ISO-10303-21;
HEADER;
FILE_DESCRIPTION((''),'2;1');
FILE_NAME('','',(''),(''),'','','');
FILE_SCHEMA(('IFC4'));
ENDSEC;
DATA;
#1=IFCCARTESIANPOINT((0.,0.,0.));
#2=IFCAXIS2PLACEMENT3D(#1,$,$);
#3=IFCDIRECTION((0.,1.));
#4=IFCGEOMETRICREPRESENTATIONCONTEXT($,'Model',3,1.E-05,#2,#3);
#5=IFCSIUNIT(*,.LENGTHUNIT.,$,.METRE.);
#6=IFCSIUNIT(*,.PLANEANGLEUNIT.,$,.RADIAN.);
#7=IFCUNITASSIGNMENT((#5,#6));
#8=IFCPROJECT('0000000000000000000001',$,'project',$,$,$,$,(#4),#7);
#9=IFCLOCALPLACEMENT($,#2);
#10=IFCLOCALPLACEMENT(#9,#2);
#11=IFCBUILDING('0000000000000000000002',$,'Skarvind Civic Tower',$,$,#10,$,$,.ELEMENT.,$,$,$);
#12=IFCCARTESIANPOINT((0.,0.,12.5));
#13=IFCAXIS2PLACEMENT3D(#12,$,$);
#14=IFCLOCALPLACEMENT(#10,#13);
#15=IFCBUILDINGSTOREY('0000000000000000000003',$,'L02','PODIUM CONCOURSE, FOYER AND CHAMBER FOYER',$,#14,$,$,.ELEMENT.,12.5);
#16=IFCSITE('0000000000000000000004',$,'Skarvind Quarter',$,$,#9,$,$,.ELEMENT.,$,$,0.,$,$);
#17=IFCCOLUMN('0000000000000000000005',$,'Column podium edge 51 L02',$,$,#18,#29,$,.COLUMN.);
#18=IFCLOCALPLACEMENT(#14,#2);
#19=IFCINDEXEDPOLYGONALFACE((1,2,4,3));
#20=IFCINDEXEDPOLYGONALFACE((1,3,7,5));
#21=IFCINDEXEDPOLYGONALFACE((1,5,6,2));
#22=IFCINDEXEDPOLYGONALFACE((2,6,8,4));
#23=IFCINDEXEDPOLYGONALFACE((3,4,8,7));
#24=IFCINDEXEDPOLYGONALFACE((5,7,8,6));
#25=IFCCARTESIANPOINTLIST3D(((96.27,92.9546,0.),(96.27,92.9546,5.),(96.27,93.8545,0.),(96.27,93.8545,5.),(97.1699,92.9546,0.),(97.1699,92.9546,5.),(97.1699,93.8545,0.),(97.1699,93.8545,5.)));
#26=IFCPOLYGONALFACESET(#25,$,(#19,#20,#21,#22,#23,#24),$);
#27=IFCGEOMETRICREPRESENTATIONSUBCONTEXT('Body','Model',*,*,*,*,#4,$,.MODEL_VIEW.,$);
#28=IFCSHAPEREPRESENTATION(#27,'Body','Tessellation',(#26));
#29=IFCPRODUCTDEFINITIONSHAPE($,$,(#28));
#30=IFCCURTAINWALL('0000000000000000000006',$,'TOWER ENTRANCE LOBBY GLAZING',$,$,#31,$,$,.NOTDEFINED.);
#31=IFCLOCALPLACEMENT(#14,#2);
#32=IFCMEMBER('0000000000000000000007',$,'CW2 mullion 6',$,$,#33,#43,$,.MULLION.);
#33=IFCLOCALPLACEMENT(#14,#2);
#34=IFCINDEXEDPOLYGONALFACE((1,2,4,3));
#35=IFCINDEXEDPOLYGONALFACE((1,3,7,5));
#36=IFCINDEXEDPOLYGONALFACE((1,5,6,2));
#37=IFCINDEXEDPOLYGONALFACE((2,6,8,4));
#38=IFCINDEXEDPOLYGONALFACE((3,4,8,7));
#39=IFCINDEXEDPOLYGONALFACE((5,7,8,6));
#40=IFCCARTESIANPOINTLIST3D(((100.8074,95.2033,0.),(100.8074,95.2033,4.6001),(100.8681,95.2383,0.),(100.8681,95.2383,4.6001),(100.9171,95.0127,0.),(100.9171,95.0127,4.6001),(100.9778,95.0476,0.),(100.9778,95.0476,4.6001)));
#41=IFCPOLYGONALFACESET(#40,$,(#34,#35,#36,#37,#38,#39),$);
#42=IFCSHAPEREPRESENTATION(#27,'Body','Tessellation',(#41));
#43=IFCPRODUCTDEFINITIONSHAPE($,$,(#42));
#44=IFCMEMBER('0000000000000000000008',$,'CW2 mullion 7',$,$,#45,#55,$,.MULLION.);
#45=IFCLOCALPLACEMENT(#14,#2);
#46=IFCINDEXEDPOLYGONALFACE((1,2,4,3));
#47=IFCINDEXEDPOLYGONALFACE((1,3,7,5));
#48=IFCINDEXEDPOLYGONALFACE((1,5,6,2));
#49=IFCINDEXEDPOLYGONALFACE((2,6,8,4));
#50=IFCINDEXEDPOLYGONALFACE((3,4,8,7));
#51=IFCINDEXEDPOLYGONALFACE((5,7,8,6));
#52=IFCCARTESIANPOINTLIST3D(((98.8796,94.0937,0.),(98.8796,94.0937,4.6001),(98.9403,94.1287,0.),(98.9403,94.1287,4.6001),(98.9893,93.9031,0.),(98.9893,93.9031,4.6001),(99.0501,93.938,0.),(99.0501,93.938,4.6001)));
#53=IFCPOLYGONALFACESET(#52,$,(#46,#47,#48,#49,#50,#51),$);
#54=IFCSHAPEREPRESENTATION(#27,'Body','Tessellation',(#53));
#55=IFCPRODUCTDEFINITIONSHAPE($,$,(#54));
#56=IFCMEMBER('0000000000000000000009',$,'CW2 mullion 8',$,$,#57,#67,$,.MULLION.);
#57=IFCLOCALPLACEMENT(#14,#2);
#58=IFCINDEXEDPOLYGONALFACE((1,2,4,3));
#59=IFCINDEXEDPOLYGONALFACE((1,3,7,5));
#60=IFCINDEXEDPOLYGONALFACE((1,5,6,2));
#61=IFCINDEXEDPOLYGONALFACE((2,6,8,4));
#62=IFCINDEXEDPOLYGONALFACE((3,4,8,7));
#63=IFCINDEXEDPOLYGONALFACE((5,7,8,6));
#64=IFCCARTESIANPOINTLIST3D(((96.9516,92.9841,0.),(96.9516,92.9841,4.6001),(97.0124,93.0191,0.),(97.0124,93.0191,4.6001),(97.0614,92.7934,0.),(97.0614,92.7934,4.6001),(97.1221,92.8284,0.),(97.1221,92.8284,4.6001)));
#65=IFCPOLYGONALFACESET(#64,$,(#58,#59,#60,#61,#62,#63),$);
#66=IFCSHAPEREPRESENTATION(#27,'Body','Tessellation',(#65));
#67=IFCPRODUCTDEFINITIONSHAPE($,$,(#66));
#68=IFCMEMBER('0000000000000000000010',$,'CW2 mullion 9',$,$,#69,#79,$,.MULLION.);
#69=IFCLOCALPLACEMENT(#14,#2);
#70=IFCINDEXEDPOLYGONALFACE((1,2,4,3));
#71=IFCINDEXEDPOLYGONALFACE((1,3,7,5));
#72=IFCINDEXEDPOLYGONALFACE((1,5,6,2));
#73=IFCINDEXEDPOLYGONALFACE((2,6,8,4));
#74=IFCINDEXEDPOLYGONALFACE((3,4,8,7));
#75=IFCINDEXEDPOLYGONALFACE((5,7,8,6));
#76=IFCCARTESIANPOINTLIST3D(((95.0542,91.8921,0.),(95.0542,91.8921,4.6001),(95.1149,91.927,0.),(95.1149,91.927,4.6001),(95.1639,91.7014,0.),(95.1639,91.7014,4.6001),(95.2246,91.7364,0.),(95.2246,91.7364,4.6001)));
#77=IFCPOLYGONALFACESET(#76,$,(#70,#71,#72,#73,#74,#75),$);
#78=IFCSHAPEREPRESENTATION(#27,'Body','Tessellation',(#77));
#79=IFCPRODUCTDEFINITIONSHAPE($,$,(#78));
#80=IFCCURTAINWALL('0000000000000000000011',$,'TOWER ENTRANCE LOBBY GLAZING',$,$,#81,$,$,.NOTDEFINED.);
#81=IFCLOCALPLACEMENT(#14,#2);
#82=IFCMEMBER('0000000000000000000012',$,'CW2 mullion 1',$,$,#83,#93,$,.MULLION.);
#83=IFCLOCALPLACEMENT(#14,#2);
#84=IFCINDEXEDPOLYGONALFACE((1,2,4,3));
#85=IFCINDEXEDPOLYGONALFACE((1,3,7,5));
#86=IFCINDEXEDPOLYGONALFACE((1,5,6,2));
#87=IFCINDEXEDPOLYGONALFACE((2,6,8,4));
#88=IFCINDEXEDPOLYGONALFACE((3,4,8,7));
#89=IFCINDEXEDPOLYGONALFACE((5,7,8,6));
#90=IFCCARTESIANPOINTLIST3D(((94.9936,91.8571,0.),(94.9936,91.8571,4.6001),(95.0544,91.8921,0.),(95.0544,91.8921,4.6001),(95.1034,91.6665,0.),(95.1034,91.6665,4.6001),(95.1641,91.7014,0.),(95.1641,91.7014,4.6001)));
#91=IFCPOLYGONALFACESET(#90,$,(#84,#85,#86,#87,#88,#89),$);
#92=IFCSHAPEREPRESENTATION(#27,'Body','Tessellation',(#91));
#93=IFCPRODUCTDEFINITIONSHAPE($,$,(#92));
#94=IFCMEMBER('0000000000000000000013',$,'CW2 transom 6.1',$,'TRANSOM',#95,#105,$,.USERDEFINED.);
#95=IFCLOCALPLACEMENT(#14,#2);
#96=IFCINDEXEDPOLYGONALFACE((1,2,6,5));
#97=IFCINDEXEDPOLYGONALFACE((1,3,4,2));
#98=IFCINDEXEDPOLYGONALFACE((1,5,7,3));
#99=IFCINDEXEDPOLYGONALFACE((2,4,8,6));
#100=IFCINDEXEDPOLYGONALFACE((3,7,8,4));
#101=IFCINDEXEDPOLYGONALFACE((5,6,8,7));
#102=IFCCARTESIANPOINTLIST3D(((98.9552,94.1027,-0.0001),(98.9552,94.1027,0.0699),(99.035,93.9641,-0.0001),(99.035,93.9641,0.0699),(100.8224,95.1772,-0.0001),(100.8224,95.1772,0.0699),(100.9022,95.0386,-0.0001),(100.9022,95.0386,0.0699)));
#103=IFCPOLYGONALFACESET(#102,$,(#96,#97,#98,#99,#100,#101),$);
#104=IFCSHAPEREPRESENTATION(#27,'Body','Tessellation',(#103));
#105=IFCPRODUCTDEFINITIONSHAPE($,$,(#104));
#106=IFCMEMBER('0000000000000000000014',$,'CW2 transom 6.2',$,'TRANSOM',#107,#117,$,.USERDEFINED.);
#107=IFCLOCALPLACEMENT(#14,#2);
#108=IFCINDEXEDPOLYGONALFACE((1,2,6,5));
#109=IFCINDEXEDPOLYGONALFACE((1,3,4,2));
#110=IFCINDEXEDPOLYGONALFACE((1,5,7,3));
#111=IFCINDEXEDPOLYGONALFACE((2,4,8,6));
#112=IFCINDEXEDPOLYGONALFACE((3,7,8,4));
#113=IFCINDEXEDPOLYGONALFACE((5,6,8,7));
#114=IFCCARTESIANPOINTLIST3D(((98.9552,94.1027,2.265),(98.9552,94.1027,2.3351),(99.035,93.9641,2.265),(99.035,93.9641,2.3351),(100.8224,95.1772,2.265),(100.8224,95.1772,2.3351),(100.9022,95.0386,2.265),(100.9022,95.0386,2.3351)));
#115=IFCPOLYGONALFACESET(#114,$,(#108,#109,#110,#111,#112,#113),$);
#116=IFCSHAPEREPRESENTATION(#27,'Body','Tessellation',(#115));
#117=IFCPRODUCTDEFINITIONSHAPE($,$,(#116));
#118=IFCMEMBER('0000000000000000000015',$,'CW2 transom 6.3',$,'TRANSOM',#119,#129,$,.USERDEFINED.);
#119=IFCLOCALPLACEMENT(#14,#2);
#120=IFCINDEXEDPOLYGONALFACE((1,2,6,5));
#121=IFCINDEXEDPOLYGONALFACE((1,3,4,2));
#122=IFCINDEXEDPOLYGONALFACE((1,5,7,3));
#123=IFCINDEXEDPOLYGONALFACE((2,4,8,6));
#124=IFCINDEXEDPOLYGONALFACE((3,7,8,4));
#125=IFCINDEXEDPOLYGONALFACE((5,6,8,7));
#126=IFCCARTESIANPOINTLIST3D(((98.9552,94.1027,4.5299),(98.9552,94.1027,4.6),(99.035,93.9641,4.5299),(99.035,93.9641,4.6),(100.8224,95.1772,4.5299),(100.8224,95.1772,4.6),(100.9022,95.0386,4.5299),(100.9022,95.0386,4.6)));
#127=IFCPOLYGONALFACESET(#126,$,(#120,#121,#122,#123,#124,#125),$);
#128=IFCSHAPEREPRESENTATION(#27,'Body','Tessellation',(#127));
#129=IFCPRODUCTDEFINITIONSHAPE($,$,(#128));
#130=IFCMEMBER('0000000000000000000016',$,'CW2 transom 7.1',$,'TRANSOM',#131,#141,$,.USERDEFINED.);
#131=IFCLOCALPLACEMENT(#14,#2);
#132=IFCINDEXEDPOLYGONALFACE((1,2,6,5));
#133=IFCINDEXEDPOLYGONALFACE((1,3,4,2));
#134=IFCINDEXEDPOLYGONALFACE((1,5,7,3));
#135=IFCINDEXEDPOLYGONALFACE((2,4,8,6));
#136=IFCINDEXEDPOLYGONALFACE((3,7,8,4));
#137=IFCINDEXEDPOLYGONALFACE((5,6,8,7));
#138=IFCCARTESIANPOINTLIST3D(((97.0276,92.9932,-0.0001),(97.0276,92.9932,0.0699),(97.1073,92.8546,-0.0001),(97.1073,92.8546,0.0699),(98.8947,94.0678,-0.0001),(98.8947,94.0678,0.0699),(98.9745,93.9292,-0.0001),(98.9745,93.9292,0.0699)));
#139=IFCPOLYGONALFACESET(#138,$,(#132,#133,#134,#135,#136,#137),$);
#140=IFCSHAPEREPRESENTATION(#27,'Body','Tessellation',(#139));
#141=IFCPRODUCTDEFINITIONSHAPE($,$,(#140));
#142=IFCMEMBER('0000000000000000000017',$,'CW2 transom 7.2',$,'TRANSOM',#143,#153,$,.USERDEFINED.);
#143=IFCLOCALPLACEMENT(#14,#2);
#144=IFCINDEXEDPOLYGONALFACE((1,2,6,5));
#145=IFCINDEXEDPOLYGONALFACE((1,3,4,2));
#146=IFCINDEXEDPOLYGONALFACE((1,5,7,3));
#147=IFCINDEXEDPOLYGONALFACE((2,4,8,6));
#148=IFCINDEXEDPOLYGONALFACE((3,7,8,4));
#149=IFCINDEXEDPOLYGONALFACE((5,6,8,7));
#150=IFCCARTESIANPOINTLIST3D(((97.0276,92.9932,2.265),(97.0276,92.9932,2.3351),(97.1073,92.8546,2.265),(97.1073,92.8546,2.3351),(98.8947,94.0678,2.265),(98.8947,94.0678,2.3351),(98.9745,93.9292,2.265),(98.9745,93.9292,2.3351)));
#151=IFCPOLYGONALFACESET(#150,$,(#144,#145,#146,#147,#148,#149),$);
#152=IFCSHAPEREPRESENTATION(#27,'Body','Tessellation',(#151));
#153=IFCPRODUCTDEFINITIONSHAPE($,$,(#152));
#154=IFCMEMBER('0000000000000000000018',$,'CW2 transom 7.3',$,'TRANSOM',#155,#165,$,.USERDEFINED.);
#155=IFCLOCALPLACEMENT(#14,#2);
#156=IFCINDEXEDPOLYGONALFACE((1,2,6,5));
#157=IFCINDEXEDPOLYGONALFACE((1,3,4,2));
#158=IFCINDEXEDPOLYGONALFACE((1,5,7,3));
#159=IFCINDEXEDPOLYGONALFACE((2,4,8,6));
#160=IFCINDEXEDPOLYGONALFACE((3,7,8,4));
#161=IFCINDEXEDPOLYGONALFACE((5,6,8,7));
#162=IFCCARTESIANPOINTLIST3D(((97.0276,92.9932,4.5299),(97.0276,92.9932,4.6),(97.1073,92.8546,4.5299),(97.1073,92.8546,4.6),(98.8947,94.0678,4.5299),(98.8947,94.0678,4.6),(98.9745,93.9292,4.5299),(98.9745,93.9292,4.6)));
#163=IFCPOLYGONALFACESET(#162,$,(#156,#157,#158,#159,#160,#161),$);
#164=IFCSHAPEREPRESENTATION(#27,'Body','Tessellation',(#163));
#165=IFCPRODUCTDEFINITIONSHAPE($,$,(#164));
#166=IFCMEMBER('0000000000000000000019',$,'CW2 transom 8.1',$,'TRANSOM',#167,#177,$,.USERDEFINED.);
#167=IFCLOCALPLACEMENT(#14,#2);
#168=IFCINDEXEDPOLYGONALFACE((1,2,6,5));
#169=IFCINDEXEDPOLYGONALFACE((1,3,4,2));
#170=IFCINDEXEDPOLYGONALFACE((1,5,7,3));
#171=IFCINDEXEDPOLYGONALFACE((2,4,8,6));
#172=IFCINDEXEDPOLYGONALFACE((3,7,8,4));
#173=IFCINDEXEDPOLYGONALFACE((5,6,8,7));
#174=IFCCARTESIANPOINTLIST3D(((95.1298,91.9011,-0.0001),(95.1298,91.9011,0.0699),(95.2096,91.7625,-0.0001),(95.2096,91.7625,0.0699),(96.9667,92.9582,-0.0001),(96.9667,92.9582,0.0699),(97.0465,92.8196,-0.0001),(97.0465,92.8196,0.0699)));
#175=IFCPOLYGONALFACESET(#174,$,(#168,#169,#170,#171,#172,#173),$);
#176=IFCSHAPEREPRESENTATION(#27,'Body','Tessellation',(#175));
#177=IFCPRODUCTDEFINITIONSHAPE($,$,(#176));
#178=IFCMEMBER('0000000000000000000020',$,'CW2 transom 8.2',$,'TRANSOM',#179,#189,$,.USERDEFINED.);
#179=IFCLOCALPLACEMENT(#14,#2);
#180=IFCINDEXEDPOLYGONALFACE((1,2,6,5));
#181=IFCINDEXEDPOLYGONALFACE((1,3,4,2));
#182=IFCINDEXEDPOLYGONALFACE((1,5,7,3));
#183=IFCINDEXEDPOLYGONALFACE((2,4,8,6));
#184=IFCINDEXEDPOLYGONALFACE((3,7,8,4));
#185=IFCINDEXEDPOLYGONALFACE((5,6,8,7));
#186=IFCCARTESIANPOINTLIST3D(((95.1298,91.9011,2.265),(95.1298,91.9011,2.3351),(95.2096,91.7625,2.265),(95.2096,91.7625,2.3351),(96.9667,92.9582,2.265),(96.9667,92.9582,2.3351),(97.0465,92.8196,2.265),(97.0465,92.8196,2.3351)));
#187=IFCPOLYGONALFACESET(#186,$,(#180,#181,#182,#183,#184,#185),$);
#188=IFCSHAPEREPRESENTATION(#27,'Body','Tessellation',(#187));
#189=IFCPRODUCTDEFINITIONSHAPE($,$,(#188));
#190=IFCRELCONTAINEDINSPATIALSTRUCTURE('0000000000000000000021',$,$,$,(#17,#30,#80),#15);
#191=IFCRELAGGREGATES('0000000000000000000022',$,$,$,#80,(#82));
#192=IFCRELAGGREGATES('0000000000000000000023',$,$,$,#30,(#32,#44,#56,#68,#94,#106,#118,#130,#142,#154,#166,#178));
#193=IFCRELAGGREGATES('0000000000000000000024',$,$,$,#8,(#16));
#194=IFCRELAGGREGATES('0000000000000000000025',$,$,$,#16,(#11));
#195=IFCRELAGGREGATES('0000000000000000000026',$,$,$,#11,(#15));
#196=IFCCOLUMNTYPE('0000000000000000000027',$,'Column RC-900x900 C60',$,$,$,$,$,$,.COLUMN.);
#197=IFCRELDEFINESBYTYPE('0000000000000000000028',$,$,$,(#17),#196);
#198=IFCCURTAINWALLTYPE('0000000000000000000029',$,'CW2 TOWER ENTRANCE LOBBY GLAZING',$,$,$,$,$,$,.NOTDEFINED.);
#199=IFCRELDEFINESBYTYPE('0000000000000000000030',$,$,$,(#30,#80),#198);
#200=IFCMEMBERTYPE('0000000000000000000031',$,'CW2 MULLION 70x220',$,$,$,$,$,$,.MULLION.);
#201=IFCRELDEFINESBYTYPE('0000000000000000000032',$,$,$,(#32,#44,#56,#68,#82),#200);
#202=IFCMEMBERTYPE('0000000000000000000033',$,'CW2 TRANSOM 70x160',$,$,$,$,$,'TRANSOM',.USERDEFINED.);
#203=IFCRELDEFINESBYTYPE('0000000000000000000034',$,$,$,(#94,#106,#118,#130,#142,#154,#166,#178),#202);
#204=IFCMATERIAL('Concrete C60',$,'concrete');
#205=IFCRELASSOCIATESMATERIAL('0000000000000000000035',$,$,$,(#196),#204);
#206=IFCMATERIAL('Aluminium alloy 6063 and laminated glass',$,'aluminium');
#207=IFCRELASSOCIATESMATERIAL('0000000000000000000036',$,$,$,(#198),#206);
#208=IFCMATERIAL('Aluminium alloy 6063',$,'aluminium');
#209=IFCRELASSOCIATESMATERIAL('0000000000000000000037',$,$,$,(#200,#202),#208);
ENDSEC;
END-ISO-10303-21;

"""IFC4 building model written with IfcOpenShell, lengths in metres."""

from ifc_helpers import new_model, si_unit, direction, frame, origin, origin_2d, place, context, subcontext, project, spatial, rectangle, extrude, material, material_profile, profile_set, type_object, element, aggregate, save


model = new_model("IFC4")

# Units and contexts
model_context = context("Model", 3, precision=1e-05, world=origin(), true_north=direction((0.0, 1.0)))
body_context = subcontext(model_context, "Body", "Model", "MODEL_VIEW")
ifc_project = project(units=[si_unit("LENGTHUNIT", "METRE"), si_unit("PLANEANGLEUNIT", "RADIAN")], contexts=[model_context])

# Site, building, storey
site_placement = place(None, origin())
site = spatial("IfcSite", under=ifc_project, at=site_placement, Name="Skarvind Quarter", CompositionType="ELEMENT", RefElevation=0.0)
building_placement = place(site_placement, origin())
building = spatial("IfcBuilding", under=site, at=building_placement, Name="Skarvind Civic Tower", CompositionType="ELEMENT")
storey_placement = place(building_placement, frame((0.0, 0.0, 12.5)))
storey = spatial("IfcBuildingStorey", under=building, at=storey_placement, Name="L02", Description="PODIUM CONCOURSE, FOYER AND CHAMBER FOYER", CompositionType="ELEMENT", Elevation=12.5)

# Column
ifc_material_1 = material(Name="Concrete C60", Category="concrete")
ifc_material_profile_1 = material_profile(ifc_material_1, rectangle(XDim=0.8999, YDim=0.8999, at=origin_2d()), Name="RC-900x900")
ifc_profile_set_1 = profile_set([ifc_material_profile_1], Name="Concrete C60")
column_type = type_object("IfcColumnType", Name="Column RC-900x900 C60", PredefinedType="COLUMN", material=ifc_profile_set_1)
column_placement = place(storey_placement, frame((96.72, 93.4045, 0.0), z_axis=(0.0, 0.0, 1.0), x_axis=(1.0, 0.0, 0.0)))
element("IfcColumn", 1, at=column_placement, inside=storey, type_object=column_type, Name="Column podium edge 51 L02", PredefinedType="COLUMN", context=body_context, shape_type="SweptSolid", body=[
    extrude(rectangle(XDim=0.8999, YDim=0.8999, at=origin_2d()), origin(), (0.0, 0.0, 1.0), 5.0),
])

# Curtain wall, members
ifc_material_2 = material(Name="Aluminium alloy 6063 and laminated glass", Category="aluminium")
curtain_wall_type = type_object("IfcCurtainWallType", Name="CW2 TOWER ENTRANCE LOBBY GLAZING", PredefinedType="NOTDEFINED", material=ifc_material_2)
curtain_wall_1_placement = place(storey_placement, origin())
curtain_wall_1 = element("IfcCurtainWall", 2, at=curtain_wall_1_placement, inside=storey, type_object=curtain_wall_type, Name="TOWER ENTRANCE LOBBY GLAZING", PredefinedType="NOTDEFINED")
ifc_material_3 = material(Name="Aluminium alloy 6063", Category="aluminium")
ifc_material_profile_2 = material_profile(ifc_material_3, rectangle(XDim=0.22, YDim=0.0701, at=origin_2d()), Name="AL 70x220")
ifc_profile_set_2 = profile_set([ifc_material_profile_2], Name="Aluminium alloy 6063")
member_type_1 = type_object("IfcMemberType", Name="CW2 MULLION 70x220", PredefinedType="MULLION", material=ifc_profile_set_2)
member_1_placement = place(storey_placement, frame((100.8926, 95.1255, 0.0), z_axis=(0.0, 0.0, 1.0), x_axis=(0.498825, -0.866702, 0.0)))
member_1 = element("IfcMember", 3, at=member_1_placement, type_object=member_type_1, Name="CW2 mullion 6", PredefinedType="MULLION", context=body_context, shape_type="SweptSolid", body=[
    extrude(rectangle(XDim=0.22, YDim=0.0701, at=origin_2d()), origin(), (0.0, 0.0, 1.0), 4.6001),
])
member_2_placement = place(storey_placement, frame((98.9648, 94.0159, 0.0), z_axis=(0.0, 0.0, 1.0), x_axis=(0.498825, -0.866702, 0.0)))
member_2 = element("IfcMember", 4, at=member_2_placement, type_object=member_type_1, Name="CW2 mullion 7", PredefinedType="MULLION", context=body_context, shape_type="SweptSolid", body=[
    extrude(rectangle(XDim=0.22, YDim=0.0701, at=origin_2d()), origin(), (0.0, 0.0, 1.0), 4.6001),
])
member_3_placement = place(storey_placement, frame((97.0369, 92.9062, 0.0), z_axis=(0.0, 0.0, 1.0), x_axis=(0.498825, -0.866702, 0.0)))
member_3 = element("IfcMember", 5, at=member_3_placement, type_object=member_type_1, Name="CW2 mullion 8", PredefinedType="MULLION", context=body_context, shape_type="SweptSolid", body=[
    extrude(rectangle(XDim=0.22, YDim=0.0701, at=origin_2d()), origin(), (0.0, 0.0, 1.0), 4.6001),
])
member_4_placement = place(storey_placement, frame((95.1394, 91.8142, 0.0), z_axis=(0.0, 0.0, 1.0), x_axis=(0.498825, -0.866702, 0.0)))
member_4 = element("IfcMember", 6, at=member_4_placement, type_object=member_type_1, Name="CW2 mullion 9", PredefinedType="MULLION", context=body_context, shape_type="SweptSolid", body=[
    extrude(rectangle(XDim=0.22, YDim=0.0701, at=origin_2d()), origin(), (0.0, 0.0, 1.0), 4.6001),
])

# Curtain wall, member
curtain_wall_2_placement = place(storey_placement, origin())
curtain_wall_2 = element("IfcCurtainWall", 7, at=curtain_wall_2_placement, inside=storey, type_object=curtain_wall_type, Name="TOWER ENTRANCE LOBBY GLAZING", PredefinedType="NOTDEFINED")
member_5_placement = place(storey_placement, frame((95.0789, 91.7793, 0.0), z_axis=(0.0, 0.0, 1.0), x_axis=(0.498838, -0.866695, 0.0)))
member_5 = element("IfcMember", 8, at=member_5_placement, type_object=member_type_1, Name="CW2 mullion 1", PredefinedType="MULLION", context=body_context, shape_type="SweptSolid", body=[
    extrude(rectangle(XDim=0.22, YDim=0.0701, at=origin_2d()), origin(), (0.0, 0.0, 1.0), 4.6001),
])

# Members
ifc_material_profile_3 = material_profile(ifc_material_3, rectangle(XDim=0.1599, YDim=0.0701, at=origin_2d()), Name="AL 70x160")
ifc_profile_set_3 = profile_set([ifc_material_profile_3], Name="Aluminium alloy 6063")
member_type_2 = type_object("IfcMemberType", Name="CW2 TRANSOM 70x160", ElementType="TRANSOM", PredefinedType="USERDEFINED", material=ifc_profile_set_3)
member_6_placement = place(storey_placement, frame((100.8623, 95.1079, 0.0349), z_axis=(-0.86674, -0.498761, 0.0), x_axis=(0.498761, -0.86674, 0.0)))
member_6 = element("IfcMember", 9, at=member_6_placement, type_object=member_type_2, Name="CW2 transom 6.1", ObjectType="TRANSOM", PredefinedType="USERDEFINED", context=body_context, shape_type="SweptSolid", body=[
    extrude(rectangle(XDim=0.1599, YDim=0.0701, at=origin_2d()), origin(), (0.0, 0.0, 1.0), 2.1543),
])
member_7_placement = place(storey_placement, frame((100.8623, 95.1079, 2.3), z_axis=(-0.86674, -0.498761, 0.0), x_axis=(0.498761, -0.86674, 0.0)))
member_7 = element("IfcMember", 10, at=member_7_placement, type_object=member_type_2, Name="CW2 transom 6.2", ObjectType="TRANSOM", PredefinedType="USERDEFINED", context=body_context, shape_type="SweptSolid", body=[
    extrude(rectangle(XDim=0.1599, YDim=0.0701, at=origin_2d()), origin(), (0.0, 0.0, 1.0), 2.1543),
])
member_8_placement = place(storey_placement, frame((100.8623, 95.1079, 4.5649), z_axis=(-0.86674, -0.498761, 0.0), x_axis=(0.498761, -0.86674, 0.0)))
member_8 = element("IfcMember", 11, at=member_8_placement, type_object=member_type_2, Name="CW2 transom 6.3", ObjectType="TRANSOM", PredefinedType="USERDEFINED", context=body_context, shape_type="SweptSolid", body=[
    extrude(rectangle(XDim=0.1599, YDim=0.0701, at=origin_2d()), origin(), (0.0, 0.0, 1.0), 2.1543),
])
member_9_placement = place(storey_placement, frame((98.9346, 93.9985, 0.0349), z_axis=(-0.866691, -0.498846, 0.0), x_axis=(0.498846, -0.866691, 0.0)))
member_9 = element("IfcMember", 12, at=member_9_placement, type_object=member_type_2, Name="CW2 transom 7.1", ObjectType="TRANSOM", PredefinedType="USERDEFINED", context=body_context, shape_type="SweptSolid", body=[
    extrude(rectangle(XDim=0.1599, YDim=0.0701, at=origin_2d()), origin(), (0.0, 0.0, 1.0), 2.1543),
])
member_10_placement = place(storey_placement, frame((98.9346, 93.9985, 2.3), z_axis=(-0.866691, -0.498846, 0.0), x_axis=(0.498846, -0.866691, 0.0)))
member_10 = element("IfcMember", 13, at=member_10_placement, type_object=member_type_2, Name="CW2 transom 7.2", ObjectType="TRANSOM", PredefinedType="USERDEFINED", context=body_context, shape_type="SweptSolid", body=[
    extrude(rectangle(XDim=0.1599, YDim=0.0701, at=origin_2d()), origin(), (0.0, 0.0, 1.0), 2.1543),
])
member_11_placement = place(storey_placement, frame((98.9346, 93.9985, 4.5649), z_axis=(-0.866691, -0.498846, 0.0), x_axis=(0.498846, -0.866691, 0.0)))
member_11 = element("IfcMember", 14, at=member_11_placement, type_object=member_type_2, Name="CW2 transom 7.3", ObjectType="TRANSOM", PredefinedType="USERDEFINED", context=body_context, shape_type="SweptSolid", body=[
    extrude(rectangle(XDim=0.1599, YDim=0.0701, at=origin_2d()), origin(), (0.0, 0.0, 1.0), 2.1543),
])
member_12_placement = place(storey_placement, frame((97.0066, 92.8889, 0.0349), z_axis=(-0.866722, -0.498791, 0.0), x_axis=(0.498791, -0.866722, 0.0)))
member_12 = element("IfcMember", 15, at=member_12_placement, type_object=member_type_2, Name="CW2 transom 8.1", ObjectType="TRANSOM", PredefinedType="USERDEFINED", context=body_context, shape_type="SweptSolid", body=[
    extrude(rectangle(XDim=0.1599, YDim=0.0701, at=origin_2d()), origin(), (0.0, 0.0, 1.0), 2.1194),
])
member_13_placement = place(storey_placement, frame((97.0066, 92.8889, 2.3), z_axis=(-0.866722, -0.498791, 0.0), x_axis=(0.498791, -0.866722, 0.0)))
member_13 = element("IfcMember", 16, at=member_13_placement, type_object=member_type_2, Name="CW2 transom 8.2", ObjectType="TRANSOM", PredefinedType="USERDEFINED", context=body_context, shape_type="SweptSolid", body=[
    extrude(rectangle(XDim=0.1599, YDim=0.0701, at=origin_2d()), origin(), (0.0, 0.0, 1.0), 2.1194),
])
aggregate(curtain_wall_2, [member_5])

aggregate(curtain_wall_1, [member_1, member_2, member_3, member_4, member_6, member_7, member_8, member_9, member_10, member_11, member_12, member_13])

save(model, "model.ifc")
